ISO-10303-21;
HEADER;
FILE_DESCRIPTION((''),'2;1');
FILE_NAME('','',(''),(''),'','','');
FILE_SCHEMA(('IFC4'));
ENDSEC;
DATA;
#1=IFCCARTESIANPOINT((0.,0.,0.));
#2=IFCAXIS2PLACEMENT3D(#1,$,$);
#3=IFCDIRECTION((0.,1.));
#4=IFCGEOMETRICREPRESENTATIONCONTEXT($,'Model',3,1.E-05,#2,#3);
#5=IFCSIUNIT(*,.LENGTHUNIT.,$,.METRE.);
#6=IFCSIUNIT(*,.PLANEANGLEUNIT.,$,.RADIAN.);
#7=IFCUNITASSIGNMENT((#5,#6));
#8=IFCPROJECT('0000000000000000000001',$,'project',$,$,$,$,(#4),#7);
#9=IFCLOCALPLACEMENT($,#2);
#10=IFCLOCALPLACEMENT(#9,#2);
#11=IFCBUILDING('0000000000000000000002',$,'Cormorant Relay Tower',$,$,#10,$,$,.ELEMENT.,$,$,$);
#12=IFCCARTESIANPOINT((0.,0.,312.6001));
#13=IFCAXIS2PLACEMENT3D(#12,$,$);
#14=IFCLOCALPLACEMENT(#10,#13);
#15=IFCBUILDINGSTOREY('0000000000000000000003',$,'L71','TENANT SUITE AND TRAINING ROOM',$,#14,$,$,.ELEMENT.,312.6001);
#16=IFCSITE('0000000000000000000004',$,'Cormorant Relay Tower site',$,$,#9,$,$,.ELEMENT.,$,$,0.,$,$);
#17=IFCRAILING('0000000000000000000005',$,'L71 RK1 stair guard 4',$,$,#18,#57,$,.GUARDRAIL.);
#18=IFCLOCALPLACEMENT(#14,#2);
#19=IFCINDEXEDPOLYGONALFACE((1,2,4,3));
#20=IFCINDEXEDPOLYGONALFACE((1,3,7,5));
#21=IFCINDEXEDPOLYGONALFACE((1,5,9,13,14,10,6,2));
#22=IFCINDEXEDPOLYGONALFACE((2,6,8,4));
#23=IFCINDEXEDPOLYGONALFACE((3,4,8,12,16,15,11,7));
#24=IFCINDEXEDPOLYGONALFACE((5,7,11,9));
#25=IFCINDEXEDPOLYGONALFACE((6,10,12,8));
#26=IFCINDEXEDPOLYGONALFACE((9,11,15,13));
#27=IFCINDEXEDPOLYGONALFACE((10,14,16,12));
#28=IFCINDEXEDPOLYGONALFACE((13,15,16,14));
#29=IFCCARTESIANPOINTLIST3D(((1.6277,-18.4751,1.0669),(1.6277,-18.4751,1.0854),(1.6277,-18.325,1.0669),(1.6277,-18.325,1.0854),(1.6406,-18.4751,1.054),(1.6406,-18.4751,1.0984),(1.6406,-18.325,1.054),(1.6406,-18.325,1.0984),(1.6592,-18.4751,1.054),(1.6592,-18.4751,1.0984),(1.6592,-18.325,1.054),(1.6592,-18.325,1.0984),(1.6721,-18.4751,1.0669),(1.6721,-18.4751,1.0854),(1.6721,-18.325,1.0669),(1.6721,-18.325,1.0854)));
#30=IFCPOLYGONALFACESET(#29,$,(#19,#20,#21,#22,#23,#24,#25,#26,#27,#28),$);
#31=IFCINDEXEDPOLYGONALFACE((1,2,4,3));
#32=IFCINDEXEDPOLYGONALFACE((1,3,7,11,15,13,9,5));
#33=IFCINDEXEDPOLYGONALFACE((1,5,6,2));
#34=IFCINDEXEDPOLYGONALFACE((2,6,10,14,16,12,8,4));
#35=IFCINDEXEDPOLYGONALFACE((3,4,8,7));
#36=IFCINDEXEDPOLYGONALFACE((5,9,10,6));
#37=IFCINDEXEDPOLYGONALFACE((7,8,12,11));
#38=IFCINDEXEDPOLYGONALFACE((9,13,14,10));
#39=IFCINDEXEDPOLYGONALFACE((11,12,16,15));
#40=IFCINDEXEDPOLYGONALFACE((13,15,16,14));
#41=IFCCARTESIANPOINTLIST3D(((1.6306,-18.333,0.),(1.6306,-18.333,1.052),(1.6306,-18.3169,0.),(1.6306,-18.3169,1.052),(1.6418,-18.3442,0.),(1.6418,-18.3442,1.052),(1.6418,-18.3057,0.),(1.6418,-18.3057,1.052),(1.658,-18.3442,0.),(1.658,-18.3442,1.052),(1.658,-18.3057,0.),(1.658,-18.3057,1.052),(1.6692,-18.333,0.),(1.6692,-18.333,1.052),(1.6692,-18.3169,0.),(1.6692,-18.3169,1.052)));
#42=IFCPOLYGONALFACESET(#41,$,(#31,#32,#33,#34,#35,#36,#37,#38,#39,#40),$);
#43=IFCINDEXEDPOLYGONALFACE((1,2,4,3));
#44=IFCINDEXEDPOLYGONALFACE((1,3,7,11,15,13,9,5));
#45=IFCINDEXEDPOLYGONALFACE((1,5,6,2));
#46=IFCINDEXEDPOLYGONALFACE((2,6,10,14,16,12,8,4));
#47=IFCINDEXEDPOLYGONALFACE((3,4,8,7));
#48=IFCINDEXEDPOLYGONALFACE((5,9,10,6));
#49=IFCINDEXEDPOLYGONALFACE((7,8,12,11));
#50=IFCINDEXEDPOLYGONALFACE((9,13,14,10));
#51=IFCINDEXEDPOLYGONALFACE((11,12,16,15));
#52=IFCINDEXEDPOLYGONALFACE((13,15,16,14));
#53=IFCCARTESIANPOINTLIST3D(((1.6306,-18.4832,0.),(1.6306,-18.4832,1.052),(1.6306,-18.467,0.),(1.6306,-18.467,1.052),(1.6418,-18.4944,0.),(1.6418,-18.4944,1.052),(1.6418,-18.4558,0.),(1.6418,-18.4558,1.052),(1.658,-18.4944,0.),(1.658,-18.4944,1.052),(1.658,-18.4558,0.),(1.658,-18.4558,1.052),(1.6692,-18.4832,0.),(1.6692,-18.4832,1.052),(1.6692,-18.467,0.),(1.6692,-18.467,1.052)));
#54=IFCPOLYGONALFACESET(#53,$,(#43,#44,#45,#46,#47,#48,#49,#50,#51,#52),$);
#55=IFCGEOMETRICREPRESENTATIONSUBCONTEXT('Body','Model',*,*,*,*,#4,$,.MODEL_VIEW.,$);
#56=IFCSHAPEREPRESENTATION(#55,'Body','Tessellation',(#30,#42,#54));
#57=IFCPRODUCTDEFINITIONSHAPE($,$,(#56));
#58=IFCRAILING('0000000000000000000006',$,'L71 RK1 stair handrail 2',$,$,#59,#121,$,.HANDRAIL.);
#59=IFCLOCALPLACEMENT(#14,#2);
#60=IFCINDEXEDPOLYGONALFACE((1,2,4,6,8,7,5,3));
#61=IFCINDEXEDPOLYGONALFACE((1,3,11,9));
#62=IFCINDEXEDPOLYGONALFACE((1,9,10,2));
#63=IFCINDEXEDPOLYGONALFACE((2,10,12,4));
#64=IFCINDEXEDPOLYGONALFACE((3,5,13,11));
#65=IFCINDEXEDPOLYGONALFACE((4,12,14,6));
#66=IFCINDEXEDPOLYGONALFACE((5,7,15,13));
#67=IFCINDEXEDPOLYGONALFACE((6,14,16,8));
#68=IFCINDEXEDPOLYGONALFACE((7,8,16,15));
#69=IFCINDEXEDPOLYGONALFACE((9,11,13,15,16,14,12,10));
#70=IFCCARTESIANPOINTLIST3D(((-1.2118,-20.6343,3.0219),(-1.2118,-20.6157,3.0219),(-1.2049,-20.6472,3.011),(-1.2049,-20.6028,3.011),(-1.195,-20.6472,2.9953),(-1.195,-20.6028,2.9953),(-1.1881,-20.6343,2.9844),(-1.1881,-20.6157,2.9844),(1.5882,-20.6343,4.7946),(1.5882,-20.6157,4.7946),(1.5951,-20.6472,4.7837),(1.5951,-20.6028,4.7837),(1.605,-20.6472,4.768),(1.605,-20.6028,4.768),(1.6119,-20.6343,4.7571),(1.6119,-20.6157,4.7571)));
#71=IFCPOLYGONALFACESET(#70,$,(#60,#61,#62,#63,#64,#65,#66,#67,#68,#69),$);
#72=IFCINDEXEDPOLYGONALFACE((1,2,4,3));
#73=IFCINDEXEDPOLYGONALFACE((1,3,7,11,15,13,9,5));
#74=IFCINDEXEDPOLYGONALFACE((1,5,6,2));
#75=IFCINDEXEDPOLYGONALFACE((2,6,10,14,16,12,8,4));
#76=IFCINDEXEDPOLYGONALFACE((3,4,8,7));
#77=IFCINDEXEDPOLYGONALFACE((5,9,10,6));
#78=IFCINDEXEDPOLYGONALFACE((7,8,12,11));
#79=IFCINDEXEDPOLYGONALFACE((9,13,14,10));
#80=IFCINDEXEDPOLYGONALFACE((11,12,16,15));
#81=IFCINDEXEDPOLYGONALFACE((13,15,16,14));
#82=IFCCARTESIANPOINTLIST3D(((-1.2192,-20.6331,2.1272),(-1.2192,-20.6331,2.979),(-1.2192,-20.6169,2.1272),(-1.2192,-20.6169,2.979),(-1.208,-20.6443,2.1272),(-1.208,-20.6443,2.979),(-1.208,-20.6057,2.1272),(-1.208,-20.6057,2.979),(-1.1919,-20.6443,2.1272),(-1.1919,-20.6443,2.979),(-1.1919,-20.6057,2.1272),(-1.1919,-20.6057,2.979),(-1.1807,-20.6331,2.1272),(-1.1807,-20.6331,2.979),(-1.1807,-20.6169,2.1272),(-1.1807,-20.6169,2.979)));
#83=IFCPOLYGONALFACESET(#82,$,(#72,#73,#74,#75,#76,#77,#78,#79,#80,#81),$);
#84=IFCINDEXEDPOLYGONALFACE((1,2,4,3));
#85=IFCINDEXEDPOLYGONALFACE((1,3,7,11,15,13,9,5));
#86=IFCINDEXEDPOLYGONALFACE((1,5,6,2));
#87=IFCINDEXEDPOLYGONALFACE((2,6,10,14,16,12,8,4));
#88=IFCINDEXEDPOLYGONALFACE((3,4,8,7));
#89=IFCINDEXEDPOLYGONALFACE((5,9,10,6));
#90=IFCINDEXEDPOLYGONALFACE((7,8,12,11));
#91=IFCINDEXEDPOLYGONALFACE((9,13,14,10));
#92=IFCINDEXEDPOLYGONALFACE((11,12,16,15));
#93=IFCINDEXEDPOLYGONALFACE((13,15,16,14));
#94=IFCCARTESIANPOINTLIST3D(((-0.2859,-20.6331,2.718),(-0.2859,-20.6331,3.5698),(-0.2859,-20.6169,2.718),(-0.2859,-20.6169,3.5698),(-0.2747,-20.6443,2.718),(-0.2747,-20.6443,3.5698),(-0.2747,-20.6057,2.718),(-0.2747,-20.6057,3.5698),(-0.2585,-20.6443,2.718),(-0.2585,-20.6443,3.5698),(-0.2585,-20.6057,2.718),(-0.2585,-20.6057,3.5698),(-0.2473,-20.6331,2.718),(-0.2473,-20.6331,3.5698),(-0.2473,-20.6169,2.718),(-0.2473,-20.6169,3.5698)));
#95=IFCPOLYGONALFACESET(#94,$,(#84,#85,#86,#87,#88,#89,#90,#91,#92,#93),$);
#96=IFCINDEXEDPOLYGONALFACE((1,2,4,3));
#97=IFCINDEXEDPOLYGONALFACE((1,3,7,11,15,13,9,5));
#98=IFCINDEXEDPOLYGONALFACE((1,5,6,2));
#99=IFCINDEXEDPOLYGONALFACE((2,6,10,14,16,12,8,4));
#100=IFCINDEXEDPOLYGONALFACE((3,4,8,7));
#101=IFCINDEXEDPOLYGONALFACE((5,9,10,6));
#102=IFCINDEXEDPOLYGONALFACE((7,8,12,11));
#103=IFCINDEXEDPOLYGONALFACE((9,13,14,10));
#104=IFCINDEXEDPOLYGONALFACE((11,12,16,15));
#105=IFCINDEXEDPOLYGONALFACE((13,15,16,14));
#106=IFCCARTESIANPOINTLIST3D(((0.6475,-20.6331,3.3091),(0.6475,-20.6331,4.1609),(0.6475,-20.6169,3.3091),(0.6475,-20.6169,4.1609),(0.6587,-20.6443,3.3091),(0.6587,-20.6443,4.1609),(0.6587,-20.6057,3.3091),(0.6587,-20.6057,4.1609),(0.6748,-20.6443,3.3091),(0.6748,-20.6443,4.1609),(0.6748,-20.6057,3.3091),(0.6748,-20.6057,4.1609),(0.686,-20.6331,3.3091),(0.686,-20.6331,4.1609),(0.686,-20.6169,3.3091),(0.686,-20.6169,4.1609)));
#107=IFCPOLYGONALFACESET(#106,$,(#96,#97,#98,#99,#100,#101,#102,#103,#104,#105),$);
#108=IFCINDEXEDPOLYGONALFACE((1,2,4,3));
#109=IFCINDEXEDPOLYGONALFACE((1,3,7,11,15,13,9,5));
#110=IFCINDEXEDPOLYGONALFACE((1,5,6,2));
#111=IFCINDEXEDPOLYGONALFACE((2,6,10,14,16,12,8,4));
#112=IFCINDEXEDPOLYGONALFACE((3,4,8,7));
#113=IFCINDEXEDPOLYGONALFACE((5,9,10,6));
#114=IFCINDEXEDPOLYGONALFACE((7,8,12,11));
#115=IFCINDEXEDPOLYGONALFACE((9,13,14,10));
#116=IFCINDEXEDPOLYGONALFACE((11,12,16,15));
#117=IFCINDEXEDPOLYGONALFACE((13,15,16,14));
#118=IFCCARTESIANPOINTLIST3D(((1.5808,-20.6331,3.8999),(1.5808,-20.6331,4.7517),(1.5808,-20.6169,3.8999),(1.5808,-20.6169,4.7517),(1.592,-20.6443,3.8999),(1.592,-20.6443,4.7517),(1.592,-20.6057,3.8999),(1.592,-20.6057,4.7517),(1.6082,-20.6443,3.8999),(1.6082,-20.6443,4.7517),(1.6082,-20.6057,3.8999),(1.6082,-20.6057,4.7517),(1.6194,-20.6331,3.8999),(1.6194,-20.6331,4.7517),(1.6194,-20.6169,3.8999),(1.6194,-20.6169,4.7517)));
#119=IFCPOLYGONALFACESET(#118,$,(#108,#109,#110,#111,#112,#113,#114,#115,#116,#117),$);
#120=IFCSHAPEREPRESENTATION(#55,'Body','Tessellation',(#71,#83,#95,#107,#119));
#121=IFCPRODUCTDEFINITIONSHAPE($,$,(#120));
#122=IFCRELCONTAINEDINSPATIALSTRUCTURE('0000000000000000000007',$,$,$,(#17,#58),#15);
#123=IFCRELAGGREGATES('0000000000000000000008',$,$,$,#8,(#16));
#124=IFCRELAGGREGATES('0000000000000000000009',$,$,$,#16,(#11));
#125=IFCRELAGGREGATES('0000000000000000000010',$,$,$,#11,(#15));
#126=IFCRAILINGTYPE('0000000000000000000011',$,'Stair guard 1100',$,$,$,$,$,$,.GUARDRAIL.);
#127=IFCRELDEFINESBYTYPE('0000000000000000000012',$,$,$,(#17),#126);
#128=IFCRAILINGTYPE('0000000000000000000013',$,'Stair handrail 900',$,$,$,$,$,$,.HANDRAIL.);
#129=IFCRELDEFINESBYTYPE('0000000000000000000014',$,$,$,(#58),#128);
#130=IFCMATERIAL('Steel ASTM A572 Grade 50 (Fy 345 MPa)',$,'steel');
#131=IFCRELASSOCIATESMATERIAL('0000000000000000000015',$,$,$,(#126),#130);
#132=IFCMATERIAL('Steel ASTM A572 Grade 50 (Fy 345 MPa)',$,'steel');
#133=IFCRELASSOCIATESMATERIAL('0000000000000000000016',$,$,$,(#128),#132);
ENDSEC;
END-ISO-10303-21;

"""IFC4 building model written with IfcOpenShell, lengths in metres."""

from ifc_helpers import new_model, si_unit, direction, frame, origin, place, context, subcontext, project, spatial, polyline, outline, extrude, material, type_object, element, save


model = new_model("IFC4")

# Units and contexts
model_context = context("Model", 3, precision=1e-05, world=origin(), true_north=direction((0.0, 1.0)))
body_context = subcontext(model_context, "Body", "Model", "MODEL_VIEW")
ifc_project = project(units=[si_unit("LENGTHUNIT", "METRE"), si_unit("PLANEANGLEUNIT", "RADIAN")], contexts=[model_context])

# Site, building, storey
site_placement = place(None, origin())
site = spatial("IfcSite", under=ifc_project, at=site_placement, Name="Cormorant Relay Tower site", CompositionType="ELEMENT", RefElevation=0.0)
building_placement = place(site_placement, origin())
building = spatial("IfcBuilding", under=site, at=building_placement, Name="Cormorant Relay Tower", CompositionType="ELEMENT")
storey_placement = place(building_placement, frame((0.0, 0.0, 312.6001)))
storey = spatial("IfcBuildingStorey", under=building, at=storey_placement, Name="L71", Description="TENANT SUITE AND TRAINING ROOM", CompositionType="ELEMENT", Elevation=312.6001)

# Railings
ifc_material_1 = material(Name="Steel ASTM A572 Grade 50 (Fy 345 MPa)", Category="steel")
railing_type_1 = type_object("IfcRailingType", Name="Stair guard 1100", PredefinedType="GUARDRAIL", material=ifc_material_1)
railing_1_placement = place(storey_placement, frame((1.6499, -18.325, 0.0)))
element("IfcRailing", 1, at=railing_1_placement, inside=storey, type_object=railing_type_1, Name="L71 RK1 stair guard 4", PredefinedType="GUARDRAIL", context=body_context, shape_type="SweptSolid", body=[
    extrude(outline(polyline([(0.0222, 0.0093), (0.0093, 0.0222), (-0.0093, 0.0222), (-0.0222, 0.0093), (-0.0222, -0.0093), (-0.0093, -0.0222), (0.0093, -0.0222), (0.0222, -0.0093), (0.0222, 0.0093)])), frame((0.0, 0.0, 1.0762), z_axis=(0.0, -1.0, 0.0), x_axis=(1.0, 0.0, 0.0)), (0.0, 0.0, 1.0), 0.1501),
    extrude(outline(polyline([(0.0193, 0.0081), (0.0081, 0.0193), (-0.0081, 0.0193), (-0.0193, 0.0081), (-0.0193, -0.0081), (-0.0081, -0.0193), (0.0081, -0.0193), (0.0193, -0.0081), (0.0193, 0.0081)])), origin(), (0.0, 0.0, 1.0), 1.052),
    extrude(outline(polyline([(0.0193, 0.0081), (0.0081, 0.0193), (-0.0081, 0.0193), (-0.0193, 0.0081), (-0.0193, -0.0081), (-0.0081, -0.0193), (0.0081, -0.0193), (0.0193, -0.0081), (0.0193, 0.0081)])), frame((0.0, -0.1501, 0.0)), (0.0, 0.0, 1.0), 1.052),
])
ifc_material_2 = material(Name="Steel ASTM A572 Grade 50 (Fy 345 MPa)", Category="steel")
railing_type_2 = type_object("IfcRailingType", Name="Stair handrail 900", PredefinedType="HANDRAIL", material=ifc_material_2)
railing_2_placement = place(storey_placement, frame((-1.2, -20.625, 2.1272)))
element("IfcRailing", 2, at=railing_2_placement, inside=storey, type_object=railing_type_2, Name="L71 RK1 stair handrail 2", PredefinedType="HANDRAIL", context=body_context, shape_type="SweptSolid", body=[
    extrude(outline(polyline([(0.0222, 0.0093), (0.0093, 0.0222), (-0.0093, 0.0222), (-0.0222, 0.0093), (-0.0222, -0.0093), (-0.0093, -0.0222), (0.0093, -0.0222), (0.0222, -0.0093), (0.0222, 0.0093)])), frame((0.0, 0.0, 0.876), z_axis=(0.844909, 0.0, 0.53491), x_axis=(0.0, 1.0, 0.0)), (0.0, 0.0, 1.0), 3.314),
    extrude(outline(polyline([(0.0193, 0.0081), (0.0081, 0.0193), (-0.0081, 0.0193), (-0.0193, 0.0081), (-0.0193, -0.0081), (-0.0081, -0.0193), (0.0081, -0.0193), (0.0193, -0.0081), (0.0193, 0.0081)])), origin(), (0.0, 0.0, 1.0), 0.8518),
    extrude(outline(polyline([(0.0193, 0.0081), (0.0081, 0.0193), (-0.0081, 0.0193), (-0.0193, 0.0081), (-0.0193, -0.0081), (-0.0081, -0.0193), (0.0081, -0.0193), (0.0193, -0.0081), (0.0193, 0.0081)])), frame((0.9333, 0.0, 0.5908)), (0.0, 0.0, 1.0), 0.8518),
    extrude(outline(polyline([(0.0193, 0.0081), (0.0081, 0.0193), (-0.0081, 0.0193), (-0.0193, 0.0081), (-0.0193, -0.0081), (-0.0081, -0.0193), (0.0081, -0.0193), (0.0193, -0.0081), (0.0193, 0.0081)])), frame((1.8667, 0.0, 1.1819)), (0.0, 0.0, 1.0), 0.8518),
    extrude(outline(polyline([(0.0193, 0.0081), (0.0081, 0.0193), (-0.0081, 0.0193), (-0.0193, 0.0081), (-0.0193, -0.0081), (-0.0081, -0.0193), (0.0081, -0.0193), (0.0193, -0.0081), (0.0193, 0.0081)])), frame((2.8, 0.0, 1.7727)), (0.0, 0.0, 1.0), 0.8518),
])

save(model, "model.ifc")
